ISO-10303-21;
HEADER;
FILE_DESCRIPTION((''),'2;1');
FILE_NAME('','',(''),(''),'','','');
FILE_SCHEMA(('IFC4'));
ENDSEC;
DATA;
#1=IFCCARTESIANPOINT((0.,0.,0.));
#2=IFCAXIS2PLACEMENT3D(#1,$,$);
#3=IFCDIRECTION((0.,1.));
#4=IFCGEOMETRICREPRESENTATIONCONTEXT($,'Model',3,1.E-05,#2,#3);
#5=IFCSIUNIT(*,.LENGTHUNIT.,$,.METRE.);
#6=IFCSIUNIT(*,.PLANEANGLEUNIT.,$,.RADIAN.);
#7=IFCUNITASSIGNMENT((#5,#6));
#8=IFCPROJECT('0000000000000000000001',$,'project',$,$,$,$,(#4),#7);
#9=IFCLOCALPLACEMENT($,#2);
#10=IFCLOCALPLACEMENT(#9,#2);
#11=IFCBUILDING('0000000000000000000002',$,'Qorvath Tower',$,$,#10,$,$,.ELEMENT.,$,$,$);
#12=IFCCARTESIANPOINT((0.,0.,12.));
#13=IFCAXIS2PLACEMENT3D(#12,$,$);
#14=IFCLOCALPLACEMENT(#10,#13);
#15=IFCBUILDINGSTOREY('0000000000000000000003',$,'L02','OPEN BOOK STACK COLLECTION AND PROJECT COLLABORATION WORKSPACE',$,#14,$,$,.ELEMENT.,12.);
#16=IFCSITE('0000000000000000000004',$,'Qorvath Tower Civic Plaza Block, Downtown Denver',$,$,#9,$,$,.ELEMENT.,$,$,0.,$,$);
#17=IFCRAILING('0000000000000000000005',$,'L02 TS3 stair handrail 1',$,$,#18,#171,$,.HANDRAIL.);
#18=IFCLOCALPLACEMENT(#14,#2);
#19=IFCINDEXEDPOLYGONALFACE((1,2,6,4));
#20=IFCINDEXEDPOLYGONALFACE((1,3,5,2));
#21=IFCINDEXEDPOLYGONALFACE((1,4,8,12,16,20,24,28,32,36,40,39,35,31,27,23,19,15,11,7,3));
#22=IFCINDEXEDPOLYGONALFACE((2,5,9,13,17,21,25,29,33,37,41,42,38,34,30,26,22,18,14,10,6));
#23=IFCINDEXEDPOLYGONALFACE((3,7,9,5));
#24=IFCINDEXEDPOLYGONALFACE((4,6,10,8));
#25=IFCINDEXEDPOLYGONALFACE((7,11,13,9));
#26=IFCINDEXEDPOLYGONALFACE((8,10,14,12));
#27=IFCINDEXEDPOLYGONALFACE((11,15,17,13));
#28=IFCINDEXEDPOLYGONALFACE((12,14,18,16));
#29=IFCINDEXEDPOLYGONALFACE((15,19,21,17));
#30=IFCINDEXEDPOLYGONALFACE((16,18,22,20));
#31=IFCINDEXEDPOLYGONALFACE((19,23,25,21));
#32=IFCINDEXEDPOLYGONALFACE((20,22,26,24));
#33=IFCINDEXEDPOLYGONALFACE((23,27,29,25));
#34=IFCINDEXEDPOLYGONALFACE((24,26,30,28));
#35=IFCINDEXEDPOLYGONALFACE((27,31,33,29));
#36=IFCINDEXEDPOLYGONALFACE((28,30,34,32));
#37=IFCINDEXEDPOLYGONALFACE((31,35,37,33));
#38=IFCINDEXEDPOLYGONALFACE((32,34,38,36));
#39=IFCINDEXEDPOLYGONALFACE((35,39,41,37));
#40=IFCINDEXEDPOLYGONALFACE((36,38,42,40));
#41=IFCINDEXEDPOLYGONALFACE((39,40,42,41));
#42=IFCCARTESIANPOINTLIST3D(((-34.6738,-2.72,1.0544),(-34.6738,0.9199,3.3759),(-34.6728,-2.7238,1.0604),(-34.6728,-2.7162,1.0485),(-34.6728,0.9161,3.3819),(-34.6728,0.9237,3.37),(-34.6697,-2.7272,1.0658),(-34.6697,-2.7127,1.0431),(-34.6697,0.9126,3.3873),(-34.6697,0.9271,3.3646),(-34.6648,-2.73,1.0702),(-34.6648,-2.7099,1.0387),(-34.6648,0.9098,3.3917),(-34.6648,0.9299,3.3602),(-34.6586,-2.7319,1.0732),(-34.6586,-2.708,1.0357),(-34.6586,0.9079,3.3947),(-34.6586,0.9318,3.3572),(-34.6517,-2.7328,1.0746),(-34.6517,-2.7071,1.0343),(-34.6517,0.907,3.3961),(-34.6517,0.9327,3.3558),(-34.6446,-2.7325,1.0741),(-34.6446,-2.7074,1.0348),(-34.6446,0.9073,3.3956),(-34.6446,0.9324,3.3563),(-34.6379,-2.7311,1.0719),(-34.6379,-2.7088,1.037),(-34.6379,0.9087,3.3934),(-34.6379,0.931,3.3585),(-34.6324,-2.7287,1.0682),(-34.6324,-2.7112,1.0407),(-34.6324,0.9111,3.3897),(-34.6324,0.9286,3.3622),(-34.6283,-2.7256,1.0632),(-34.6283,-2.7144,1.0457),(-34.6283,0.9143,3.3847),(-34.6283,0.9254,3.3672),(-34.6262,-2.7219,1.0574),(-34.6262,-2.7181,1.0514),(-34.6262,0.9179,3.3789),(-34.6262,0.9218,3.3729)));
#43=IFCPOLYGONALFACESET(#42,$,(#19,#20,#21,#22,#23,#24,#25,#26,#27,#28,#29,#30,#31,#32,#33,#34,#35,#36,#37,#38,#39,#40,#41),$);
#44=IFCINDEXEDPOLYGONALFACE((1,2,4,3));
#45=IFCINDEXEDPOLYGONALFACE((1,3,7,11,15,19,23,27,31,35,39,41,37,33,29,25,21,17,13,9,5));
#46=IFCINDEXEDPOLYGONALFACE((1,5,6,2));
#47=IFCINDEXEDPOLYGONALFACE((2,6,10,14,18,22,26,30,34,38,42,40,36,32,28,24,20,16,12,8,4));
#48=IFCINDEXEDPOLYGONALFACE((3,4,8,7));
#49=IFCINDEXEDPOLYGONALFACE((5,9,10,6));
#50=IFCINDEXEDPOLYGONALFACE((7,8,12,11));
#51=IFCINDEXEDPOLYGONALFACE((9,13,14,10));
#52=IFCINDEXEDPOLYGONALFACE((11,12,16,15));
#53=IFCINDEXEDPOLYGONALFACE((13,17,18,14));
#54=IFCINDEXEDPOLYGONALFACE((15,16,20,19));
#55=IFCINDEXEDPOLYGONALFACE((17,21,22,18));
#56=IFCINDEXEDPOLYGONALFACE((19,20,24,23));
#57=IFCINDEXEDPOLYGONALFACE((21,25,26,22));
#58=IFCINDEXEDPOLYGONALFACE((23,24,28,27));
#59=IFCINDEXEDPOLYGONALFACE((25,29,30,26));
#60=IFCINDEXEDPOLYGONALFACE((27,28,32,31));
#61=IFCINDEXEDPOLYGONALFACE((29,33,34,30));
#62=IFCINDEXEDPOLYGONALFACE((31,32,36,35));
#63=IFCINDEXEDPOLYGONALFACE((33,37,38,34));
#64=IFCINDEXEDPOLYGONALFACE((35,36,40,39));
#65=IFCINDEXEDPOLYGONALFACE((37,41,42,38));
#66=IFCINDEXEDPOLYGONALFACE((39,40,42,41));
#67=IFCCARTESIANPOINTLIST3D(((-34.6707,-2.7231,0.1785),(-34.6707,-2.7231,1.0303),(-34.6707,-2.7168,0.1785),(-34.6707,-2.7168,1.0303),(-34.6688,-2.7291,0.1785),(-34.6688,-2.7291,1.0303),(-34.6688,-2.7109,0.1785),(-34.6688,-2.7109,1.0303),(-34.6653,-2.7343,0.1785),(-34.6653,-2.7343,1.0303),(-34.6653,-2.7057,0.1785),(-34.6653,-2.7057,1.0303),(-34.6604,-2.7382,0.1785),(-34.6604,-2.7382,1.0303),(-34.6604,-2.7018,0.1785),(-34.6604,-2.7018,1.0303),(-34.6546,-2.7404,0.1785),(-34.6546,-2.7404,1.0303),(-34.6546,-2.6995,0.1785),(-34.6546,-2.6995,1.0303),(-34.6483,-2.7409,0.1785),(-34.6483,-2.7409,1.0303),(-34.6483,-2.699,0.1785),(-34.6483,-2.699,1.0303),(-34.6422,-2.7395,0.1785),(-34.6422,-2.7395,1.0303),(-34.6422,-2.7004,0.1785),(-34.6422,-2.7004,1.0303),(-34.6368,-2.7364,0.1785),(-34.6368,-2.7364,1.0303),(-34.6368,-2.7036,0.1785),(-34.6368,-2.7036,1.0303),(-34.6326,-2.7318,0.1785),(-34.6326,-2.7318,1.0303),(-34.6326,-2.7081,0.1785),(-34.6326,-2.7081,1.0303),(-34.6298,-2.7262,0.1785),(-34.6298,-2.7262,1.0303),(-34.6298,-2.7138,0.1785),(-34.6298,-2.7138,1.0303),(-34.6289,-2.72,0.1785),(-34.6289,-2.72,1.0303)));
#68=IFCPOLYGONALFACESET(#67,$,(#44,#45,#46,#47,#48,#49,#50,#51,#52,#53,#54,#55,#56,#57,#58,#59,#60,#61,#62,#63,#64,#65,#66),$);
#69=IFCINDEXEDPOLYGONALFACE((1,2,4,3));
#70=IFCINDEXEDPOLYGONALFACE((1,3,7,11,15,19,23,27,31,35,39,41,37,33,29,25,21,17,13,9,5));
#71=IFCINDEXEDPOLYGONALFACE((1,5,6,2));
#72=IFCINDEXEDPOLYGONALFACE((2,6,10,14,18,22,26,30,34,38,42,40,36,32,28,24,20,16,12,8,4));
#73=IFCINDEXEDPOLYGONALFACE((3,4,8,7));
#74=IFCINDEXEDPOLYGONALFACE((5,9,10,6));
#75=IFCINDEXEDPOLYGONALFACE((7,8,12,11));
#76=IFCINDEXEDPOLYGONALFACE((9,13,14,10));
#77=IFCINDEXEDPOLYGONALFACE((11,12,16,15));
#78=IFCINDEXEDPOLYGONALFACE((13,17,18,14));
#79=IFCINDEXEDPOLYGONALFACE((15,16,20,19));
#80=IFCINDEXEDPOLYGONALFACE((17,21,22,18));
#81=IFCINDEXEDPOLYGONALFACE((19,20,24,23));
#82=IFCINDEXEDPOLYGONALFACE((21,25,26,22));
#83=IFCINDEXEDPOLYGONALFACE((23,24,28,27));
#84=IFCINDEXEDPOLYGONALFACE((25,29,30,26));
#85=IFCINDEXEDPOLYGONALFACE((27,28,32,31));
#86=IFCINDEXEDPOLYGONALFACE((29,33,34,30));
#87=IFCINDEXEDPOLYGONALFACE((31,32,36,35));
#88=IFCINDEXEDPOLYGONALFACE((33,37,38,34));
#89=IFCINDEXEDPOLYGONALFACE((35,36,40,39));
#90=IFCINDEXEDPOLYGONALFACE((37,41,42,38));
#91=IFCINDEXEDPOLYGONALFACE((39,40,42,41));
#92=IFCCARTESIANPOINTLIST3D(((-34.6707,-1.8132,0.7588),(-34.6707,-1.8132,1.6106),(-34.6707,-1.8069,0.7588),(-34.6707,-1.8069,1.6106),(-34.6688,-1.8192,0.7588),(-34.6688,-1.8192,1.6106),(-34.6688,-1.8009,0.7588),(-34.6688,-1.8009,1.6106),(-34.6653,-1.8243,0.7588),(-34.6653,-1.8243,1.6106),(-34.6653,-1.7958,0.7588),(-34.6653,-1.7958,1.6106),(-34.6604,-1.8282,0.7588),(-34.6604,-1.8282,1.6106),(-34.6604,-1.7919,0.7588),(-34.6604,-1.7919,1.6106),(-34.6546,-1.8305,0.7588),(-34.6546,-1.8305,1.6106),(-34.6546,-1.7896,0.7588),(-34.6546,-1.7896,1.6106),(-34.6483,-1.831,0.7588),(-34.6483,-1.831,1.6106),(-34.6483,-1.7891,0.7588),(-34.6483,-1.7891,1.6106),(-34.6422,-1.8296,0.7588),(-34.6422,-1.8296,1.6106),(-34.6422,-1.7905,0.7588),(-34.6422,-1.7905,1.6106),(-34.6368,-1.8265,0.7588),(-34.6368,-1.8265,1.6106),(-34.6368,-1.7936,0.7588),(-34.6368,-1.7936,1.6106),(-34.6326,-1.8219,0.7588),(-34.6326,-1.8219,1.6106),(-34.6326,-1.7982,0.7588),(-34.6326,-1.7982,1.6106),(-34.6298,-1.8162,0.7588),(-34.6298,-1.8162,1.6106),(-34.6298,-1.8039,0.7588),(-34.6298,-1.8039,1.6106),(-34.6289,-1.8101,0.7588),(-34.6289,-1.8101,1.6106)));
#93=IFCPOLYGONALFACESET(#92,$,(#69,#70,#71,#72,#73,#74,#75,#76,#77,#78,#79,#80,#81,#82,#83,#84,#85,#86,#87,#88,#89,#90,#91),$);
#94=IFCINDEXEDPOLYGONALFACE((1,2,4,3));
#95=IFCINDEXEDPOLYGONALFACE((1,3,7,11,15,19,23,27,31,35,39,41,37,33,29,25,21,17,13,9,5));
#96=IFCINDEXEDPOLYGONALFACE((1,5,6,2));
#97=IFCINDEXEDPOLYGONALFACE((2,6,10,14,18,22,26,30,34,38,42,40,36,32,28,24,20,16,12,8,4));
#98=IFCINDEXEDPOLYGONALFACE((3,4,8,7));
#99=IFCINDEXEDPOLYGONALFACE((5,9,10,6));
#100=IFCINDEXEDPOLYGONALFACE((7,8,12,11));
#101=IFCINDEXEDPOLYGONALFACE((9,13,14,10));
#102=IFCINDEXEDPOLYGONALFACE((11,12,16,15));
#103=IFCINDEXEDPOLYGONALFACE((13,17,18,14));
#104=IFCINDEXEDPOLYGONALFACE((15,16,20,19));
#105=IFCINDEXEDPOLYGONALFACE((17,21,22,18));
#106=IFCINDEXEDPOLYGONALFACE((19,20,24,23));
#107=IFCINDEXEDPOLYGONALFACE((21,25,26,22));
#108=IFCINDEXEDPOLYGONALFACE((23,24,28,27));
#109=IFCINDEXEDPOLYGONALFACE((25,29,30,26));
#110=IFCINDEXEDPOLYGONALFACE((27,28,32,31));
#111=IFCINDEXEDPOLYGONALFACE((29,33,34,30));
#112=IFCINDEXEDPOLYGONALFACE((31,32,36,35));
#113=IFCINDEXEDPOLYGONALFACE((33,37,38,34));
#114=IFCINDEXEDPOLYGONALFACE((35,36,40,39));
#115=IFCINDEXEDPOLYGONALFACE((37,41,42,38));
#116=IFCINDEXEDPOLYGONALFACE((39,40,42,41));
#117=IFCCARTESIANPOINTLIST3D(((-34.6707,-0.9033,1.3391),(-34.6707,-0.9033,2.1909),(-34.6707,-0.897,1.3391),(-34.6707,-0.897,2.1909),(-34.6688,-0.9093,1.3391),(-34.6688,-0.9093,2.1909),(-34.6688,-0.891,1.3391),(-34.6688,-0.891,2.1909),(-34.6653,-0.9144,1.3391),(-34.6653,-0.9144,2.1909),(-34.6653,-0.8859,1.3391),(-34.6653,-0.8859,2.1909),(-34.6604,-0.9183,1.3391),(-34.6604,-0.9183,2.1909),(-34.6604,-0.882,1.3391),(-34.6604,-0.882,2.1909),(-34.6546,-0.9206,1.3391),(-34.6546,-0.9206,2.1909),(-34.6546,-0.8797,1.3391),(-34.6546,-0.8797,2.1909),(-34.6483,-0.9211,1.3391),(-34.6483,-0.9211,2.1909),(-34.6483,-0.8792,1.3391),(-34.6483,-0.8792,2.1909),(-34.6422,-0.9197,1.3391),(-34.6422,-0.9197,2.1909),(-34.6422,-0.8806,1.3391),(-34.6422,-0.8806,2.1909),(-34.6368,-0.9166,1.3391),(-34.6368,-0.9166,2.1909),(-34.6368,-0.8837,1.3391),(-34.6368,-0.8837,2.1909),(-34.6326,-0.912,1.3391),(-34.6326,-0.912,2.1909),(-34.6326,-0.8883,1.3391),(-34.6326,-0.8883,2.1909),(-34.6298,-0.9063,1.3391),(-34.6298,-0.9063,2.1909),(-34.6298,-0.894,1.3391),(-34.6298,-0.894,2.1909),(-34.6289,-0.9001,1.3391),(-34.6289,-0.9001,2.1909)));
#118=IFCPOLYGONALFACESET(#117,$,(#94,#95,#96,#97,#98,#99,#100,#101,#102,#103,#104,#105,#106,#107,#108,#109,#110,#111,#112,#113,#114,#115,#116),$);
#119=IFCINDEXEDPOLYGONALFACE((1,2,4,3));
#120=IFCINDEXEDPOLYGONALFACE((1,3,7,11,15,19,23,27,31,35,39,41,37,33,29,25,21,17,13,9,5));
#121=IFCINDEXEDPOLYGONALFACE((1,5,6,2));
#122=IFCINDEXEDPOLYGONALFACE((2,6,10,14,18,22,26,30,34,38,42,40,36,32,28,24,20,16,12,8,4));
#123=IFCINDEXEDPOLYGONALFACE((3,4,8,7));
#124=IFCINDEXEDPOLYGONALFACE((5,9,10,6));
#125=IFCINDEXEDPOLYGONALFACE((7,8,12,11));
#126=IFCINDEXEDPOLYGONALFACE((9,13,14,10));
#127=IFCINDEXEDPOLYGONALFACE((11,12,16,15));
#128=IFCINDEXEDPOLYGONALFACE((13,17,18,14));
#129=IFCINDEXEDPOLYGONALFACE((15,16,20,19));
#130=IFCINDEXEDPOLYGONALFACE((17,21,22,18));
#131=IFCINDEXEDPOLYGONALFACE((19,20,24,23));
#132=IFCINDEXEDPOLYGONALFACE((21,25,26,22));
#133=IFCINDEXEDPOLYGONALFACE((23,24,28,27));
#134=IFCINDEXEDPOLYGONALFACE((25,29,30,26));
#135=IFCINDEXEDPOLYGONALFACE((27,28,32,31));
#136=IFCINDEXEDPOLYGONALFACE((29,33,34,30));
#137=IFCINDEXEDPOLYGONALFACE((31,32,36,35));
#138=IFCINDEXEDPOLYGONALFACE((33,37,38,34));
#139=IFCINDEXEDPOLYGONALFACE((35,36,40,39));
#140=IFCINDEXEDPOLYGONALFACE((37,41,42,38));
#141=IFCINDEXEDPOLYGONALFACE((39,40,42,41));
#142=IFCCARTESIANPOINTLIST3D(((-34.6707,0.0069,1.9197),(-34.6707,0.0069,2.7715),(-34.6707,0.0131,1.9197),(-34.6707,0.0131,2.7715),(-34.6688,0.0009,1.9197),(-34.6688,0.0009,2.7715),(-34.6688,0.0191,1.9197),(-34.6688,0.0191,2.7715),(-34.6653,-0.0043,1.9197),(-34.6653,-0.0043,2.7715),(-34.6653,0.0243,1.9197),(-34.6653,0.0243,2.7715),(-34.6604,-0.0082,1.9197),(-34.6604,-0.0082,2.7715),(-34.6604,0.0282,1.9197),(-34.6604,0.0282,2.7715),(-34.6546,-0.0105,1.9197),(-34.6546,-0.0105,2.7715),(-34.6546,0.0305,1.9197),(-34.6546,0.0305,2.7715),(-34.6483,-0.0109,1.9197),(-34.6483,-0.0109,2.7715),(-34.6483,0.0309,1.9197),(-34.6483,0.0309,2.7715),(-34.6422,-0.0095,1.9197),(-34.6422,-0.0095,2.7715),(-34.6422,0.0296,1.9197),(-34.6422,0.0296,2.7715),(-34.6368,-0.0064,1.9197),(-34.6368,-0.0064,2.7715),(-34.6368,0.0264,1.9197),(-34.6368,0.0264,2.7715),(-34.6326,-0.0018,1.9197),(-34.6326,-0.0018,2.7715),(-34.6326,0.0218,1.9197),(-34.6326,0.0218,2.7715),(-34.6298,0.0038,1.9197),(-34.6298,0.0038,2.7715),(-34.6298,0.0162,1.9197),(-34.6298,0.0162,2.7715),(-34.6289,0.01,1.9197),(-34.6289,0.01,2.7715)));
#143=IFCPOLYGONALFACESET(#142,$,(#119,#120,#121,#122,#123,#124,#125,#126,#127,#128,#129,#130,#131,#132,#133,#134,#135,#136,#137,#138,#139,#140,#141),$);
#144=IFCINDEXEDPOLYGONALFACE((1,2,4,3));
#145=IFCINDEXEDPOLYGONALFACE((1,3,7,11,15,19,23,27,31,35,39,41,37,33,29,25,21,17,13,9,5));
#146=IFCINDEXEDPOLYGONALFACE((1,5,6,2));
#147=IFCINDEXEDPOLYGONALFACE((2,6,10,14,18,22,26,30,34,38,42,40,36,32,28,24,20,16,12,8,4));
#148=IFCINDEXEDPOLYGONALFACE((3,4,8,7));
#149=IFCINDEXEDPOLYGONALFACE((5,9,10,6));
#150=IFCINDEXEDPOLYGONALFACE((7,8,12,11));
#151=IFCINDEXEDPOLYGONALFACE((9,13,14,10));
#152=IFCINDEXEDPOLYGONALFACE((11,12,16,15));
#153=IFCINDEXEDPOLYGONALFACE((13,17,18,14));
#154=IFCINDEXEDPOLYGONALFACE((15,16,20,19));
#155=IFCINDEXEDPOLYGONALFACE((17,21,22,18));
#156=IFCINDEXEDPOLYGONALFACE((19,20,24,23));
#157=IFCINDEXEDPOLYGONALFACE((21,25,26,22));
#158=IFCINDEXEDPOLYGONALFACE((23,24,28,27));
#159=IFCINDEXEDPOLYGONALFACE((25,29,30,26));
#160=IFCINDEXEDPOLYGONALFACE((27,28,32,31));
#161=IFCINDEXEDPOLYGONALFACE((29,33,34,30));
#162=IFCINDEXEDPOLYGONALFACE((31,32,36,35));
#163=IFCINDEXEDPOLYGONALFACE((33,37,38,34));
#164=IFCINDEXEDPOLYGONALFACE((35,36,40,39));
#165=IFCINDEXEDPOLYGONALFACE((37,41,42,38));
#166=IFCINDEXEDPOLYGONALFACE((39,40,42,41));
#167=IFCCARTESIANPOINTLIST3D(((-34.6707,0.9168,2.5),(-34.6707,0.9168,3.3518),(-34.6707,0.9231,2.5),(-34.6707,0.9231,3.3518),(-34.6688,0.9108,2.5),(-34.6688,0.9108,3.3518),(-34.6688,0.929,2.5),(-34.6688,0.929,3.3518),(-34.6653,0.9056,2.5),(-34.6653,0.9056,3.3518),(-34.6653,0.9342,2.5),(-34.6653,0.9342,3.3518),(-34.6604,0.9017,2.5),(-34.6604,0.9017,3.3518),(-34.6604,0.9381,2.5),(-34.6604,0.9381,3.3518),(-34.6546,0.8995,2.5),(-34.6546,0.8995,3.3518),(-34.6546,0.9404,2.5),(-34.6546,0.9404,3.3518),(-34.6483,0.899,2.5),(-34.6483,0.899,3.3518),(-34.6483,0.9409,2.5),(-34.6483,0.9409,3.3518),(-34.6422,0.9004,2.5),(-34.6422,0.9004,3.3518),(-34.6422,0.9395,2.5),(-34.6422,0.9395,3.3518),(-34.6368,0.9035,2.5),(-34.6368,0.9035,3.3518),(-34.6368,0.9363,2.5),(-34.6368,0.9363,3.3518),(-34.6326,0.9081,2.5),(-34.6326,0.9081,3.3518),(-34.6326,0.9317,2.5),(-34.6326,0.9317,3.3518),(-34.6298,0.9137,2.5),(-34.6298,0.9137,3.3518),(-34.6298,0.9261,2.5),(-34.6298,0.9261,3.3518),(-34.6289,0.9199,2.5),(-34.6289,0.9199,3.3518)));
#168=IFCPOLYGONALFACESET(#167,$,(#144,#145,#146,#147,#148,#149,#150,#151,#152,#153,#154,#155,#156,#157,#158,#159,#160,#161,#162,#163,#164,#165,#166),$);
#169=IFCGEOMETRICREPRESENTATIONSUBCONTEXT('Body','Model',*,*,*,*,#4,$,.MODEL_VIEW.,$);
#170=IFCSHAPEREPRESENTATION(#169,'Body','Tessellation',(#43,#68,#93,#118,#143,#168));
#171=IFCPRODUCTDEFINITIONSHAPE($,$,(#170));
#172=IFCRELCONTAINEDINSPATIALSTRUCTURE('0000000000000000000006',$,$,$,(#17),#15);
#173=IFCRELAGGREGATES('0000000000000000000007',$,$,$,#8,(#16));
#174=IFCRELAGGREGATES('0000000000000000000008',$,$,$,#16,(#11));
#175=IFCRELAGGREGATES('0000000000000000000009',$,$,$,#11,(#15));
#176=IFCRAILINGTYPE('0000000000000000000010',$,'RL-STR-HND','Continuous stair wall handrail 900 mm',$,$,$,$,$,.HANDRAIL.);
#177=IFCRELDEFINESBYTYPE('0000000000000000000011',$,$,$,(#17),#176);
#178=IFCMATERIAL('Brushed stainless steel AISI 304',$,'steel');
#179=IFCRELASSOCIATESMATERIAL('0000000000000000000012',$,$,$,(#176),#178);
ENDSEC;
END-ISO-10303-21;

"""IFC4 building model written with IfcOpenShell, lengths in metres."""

from ifc_helpers import new_model, si_unit, direction, frame, origin, origin_2d, place, context, subcontext, project, spatial, circle, extrude, material, type_object, element, save


model = new_model("IFC4")

# Units and contexts
model_context = context("Model", 3, precision=1e-05, world=origin(), true_north=direction((0.0, 1.0)))
body_context = subcontext(model_context, "Body", "Model", "MODEL_VIEW")
ifc_project = project(units=[si_unit("LENGTHUNIT", "METRE"), si_unit("PLANEANGLEUNIT", "RADIAN")], contexts=[model_context])

# Site, building, storey
site_placement = place(None, origin())
site = spatial("IfcSite", under=ifc_project, at=site_placement, Name="Qorvath Tower Civic Plaza Block, Downtown Denver", CompositionType="ELEMENT", RefElevation=0.0)
building_placement = place(site_placement, origin())
building = spatial("IfcBuilding", under=site, at=building_placement, Name="Qorvath Tower", CompositionType="ELEMENT")
storey_placement = place(building_placement, frame((0.0, 0.0, 12.0)))
storey = spatial("IfcBuildingStorey", under=building, at=storey_placement, Name="L02", Description="OPEN BOOK STACK COLLECTION AND PROJECT COLLABORATION WORKSPACE", CompositionType="ELEMENT", Elevation=12.0)

# Railing
ifc_material_1 = material(Name="Brushed stainless steel AISI 304", Category="steel")
railing_type = type_object("IfcRailingType", Name="RL-STR-HND", Description="Continuous stair wall handrail 900 mm", PredefinedType="HANDRAIL", material=ifc_material_1)
railing_placement = place(storey_placement, frame((-34.6499, -2.72, 0.1785)))
element("IfcRailing", 1, at=railing_placement, inside=storey, type_object=railing_type, Name="L02 TS3 stair handrail 1", PredefinedType="HANDRAIL", context=body_context, shape_type="SweptSolid", body=[
    extrude(circle(Radius=0.0239, at=origin_2d()), frame((0.0, 0.0, 0.876), z_axis=(0.0, 0.843112, 0.537739), x_axis=(-1.0, 0.0, 0.0)), (0.0, 0.0, 1.0), 4.3171),
    extrude(circle(Radius=0.021, at=origin_2d()), origin(), (0.0, 0.0, 1.0), 0.8518),
    extrude(circle(Radius=0.021, at=origin_2d()), frame((0.0, 0.9099, 0.5803)), (0.0, 0.0, 1.0), 0.8518),
    extrude(circle(Radius=0.021, at=origin_2d()), frame((0.0, 1.8198, 1.1606)), (0.0, 0.0, 1.0), 0.8518),
    extrude(circle(Radius=0.021, at=origin_2d()), frame((0.0, 2.73, 1.7412)), (0.0, 0.0, 1.0), 0.8518),
    extrude(circle(Radius=0.021, at=origin_2d()), frame((0.0, 3.6399, 2.3215)), (0.0, 0.0, 1.0), 0.8518),
])

save(model, "model.ifc")
